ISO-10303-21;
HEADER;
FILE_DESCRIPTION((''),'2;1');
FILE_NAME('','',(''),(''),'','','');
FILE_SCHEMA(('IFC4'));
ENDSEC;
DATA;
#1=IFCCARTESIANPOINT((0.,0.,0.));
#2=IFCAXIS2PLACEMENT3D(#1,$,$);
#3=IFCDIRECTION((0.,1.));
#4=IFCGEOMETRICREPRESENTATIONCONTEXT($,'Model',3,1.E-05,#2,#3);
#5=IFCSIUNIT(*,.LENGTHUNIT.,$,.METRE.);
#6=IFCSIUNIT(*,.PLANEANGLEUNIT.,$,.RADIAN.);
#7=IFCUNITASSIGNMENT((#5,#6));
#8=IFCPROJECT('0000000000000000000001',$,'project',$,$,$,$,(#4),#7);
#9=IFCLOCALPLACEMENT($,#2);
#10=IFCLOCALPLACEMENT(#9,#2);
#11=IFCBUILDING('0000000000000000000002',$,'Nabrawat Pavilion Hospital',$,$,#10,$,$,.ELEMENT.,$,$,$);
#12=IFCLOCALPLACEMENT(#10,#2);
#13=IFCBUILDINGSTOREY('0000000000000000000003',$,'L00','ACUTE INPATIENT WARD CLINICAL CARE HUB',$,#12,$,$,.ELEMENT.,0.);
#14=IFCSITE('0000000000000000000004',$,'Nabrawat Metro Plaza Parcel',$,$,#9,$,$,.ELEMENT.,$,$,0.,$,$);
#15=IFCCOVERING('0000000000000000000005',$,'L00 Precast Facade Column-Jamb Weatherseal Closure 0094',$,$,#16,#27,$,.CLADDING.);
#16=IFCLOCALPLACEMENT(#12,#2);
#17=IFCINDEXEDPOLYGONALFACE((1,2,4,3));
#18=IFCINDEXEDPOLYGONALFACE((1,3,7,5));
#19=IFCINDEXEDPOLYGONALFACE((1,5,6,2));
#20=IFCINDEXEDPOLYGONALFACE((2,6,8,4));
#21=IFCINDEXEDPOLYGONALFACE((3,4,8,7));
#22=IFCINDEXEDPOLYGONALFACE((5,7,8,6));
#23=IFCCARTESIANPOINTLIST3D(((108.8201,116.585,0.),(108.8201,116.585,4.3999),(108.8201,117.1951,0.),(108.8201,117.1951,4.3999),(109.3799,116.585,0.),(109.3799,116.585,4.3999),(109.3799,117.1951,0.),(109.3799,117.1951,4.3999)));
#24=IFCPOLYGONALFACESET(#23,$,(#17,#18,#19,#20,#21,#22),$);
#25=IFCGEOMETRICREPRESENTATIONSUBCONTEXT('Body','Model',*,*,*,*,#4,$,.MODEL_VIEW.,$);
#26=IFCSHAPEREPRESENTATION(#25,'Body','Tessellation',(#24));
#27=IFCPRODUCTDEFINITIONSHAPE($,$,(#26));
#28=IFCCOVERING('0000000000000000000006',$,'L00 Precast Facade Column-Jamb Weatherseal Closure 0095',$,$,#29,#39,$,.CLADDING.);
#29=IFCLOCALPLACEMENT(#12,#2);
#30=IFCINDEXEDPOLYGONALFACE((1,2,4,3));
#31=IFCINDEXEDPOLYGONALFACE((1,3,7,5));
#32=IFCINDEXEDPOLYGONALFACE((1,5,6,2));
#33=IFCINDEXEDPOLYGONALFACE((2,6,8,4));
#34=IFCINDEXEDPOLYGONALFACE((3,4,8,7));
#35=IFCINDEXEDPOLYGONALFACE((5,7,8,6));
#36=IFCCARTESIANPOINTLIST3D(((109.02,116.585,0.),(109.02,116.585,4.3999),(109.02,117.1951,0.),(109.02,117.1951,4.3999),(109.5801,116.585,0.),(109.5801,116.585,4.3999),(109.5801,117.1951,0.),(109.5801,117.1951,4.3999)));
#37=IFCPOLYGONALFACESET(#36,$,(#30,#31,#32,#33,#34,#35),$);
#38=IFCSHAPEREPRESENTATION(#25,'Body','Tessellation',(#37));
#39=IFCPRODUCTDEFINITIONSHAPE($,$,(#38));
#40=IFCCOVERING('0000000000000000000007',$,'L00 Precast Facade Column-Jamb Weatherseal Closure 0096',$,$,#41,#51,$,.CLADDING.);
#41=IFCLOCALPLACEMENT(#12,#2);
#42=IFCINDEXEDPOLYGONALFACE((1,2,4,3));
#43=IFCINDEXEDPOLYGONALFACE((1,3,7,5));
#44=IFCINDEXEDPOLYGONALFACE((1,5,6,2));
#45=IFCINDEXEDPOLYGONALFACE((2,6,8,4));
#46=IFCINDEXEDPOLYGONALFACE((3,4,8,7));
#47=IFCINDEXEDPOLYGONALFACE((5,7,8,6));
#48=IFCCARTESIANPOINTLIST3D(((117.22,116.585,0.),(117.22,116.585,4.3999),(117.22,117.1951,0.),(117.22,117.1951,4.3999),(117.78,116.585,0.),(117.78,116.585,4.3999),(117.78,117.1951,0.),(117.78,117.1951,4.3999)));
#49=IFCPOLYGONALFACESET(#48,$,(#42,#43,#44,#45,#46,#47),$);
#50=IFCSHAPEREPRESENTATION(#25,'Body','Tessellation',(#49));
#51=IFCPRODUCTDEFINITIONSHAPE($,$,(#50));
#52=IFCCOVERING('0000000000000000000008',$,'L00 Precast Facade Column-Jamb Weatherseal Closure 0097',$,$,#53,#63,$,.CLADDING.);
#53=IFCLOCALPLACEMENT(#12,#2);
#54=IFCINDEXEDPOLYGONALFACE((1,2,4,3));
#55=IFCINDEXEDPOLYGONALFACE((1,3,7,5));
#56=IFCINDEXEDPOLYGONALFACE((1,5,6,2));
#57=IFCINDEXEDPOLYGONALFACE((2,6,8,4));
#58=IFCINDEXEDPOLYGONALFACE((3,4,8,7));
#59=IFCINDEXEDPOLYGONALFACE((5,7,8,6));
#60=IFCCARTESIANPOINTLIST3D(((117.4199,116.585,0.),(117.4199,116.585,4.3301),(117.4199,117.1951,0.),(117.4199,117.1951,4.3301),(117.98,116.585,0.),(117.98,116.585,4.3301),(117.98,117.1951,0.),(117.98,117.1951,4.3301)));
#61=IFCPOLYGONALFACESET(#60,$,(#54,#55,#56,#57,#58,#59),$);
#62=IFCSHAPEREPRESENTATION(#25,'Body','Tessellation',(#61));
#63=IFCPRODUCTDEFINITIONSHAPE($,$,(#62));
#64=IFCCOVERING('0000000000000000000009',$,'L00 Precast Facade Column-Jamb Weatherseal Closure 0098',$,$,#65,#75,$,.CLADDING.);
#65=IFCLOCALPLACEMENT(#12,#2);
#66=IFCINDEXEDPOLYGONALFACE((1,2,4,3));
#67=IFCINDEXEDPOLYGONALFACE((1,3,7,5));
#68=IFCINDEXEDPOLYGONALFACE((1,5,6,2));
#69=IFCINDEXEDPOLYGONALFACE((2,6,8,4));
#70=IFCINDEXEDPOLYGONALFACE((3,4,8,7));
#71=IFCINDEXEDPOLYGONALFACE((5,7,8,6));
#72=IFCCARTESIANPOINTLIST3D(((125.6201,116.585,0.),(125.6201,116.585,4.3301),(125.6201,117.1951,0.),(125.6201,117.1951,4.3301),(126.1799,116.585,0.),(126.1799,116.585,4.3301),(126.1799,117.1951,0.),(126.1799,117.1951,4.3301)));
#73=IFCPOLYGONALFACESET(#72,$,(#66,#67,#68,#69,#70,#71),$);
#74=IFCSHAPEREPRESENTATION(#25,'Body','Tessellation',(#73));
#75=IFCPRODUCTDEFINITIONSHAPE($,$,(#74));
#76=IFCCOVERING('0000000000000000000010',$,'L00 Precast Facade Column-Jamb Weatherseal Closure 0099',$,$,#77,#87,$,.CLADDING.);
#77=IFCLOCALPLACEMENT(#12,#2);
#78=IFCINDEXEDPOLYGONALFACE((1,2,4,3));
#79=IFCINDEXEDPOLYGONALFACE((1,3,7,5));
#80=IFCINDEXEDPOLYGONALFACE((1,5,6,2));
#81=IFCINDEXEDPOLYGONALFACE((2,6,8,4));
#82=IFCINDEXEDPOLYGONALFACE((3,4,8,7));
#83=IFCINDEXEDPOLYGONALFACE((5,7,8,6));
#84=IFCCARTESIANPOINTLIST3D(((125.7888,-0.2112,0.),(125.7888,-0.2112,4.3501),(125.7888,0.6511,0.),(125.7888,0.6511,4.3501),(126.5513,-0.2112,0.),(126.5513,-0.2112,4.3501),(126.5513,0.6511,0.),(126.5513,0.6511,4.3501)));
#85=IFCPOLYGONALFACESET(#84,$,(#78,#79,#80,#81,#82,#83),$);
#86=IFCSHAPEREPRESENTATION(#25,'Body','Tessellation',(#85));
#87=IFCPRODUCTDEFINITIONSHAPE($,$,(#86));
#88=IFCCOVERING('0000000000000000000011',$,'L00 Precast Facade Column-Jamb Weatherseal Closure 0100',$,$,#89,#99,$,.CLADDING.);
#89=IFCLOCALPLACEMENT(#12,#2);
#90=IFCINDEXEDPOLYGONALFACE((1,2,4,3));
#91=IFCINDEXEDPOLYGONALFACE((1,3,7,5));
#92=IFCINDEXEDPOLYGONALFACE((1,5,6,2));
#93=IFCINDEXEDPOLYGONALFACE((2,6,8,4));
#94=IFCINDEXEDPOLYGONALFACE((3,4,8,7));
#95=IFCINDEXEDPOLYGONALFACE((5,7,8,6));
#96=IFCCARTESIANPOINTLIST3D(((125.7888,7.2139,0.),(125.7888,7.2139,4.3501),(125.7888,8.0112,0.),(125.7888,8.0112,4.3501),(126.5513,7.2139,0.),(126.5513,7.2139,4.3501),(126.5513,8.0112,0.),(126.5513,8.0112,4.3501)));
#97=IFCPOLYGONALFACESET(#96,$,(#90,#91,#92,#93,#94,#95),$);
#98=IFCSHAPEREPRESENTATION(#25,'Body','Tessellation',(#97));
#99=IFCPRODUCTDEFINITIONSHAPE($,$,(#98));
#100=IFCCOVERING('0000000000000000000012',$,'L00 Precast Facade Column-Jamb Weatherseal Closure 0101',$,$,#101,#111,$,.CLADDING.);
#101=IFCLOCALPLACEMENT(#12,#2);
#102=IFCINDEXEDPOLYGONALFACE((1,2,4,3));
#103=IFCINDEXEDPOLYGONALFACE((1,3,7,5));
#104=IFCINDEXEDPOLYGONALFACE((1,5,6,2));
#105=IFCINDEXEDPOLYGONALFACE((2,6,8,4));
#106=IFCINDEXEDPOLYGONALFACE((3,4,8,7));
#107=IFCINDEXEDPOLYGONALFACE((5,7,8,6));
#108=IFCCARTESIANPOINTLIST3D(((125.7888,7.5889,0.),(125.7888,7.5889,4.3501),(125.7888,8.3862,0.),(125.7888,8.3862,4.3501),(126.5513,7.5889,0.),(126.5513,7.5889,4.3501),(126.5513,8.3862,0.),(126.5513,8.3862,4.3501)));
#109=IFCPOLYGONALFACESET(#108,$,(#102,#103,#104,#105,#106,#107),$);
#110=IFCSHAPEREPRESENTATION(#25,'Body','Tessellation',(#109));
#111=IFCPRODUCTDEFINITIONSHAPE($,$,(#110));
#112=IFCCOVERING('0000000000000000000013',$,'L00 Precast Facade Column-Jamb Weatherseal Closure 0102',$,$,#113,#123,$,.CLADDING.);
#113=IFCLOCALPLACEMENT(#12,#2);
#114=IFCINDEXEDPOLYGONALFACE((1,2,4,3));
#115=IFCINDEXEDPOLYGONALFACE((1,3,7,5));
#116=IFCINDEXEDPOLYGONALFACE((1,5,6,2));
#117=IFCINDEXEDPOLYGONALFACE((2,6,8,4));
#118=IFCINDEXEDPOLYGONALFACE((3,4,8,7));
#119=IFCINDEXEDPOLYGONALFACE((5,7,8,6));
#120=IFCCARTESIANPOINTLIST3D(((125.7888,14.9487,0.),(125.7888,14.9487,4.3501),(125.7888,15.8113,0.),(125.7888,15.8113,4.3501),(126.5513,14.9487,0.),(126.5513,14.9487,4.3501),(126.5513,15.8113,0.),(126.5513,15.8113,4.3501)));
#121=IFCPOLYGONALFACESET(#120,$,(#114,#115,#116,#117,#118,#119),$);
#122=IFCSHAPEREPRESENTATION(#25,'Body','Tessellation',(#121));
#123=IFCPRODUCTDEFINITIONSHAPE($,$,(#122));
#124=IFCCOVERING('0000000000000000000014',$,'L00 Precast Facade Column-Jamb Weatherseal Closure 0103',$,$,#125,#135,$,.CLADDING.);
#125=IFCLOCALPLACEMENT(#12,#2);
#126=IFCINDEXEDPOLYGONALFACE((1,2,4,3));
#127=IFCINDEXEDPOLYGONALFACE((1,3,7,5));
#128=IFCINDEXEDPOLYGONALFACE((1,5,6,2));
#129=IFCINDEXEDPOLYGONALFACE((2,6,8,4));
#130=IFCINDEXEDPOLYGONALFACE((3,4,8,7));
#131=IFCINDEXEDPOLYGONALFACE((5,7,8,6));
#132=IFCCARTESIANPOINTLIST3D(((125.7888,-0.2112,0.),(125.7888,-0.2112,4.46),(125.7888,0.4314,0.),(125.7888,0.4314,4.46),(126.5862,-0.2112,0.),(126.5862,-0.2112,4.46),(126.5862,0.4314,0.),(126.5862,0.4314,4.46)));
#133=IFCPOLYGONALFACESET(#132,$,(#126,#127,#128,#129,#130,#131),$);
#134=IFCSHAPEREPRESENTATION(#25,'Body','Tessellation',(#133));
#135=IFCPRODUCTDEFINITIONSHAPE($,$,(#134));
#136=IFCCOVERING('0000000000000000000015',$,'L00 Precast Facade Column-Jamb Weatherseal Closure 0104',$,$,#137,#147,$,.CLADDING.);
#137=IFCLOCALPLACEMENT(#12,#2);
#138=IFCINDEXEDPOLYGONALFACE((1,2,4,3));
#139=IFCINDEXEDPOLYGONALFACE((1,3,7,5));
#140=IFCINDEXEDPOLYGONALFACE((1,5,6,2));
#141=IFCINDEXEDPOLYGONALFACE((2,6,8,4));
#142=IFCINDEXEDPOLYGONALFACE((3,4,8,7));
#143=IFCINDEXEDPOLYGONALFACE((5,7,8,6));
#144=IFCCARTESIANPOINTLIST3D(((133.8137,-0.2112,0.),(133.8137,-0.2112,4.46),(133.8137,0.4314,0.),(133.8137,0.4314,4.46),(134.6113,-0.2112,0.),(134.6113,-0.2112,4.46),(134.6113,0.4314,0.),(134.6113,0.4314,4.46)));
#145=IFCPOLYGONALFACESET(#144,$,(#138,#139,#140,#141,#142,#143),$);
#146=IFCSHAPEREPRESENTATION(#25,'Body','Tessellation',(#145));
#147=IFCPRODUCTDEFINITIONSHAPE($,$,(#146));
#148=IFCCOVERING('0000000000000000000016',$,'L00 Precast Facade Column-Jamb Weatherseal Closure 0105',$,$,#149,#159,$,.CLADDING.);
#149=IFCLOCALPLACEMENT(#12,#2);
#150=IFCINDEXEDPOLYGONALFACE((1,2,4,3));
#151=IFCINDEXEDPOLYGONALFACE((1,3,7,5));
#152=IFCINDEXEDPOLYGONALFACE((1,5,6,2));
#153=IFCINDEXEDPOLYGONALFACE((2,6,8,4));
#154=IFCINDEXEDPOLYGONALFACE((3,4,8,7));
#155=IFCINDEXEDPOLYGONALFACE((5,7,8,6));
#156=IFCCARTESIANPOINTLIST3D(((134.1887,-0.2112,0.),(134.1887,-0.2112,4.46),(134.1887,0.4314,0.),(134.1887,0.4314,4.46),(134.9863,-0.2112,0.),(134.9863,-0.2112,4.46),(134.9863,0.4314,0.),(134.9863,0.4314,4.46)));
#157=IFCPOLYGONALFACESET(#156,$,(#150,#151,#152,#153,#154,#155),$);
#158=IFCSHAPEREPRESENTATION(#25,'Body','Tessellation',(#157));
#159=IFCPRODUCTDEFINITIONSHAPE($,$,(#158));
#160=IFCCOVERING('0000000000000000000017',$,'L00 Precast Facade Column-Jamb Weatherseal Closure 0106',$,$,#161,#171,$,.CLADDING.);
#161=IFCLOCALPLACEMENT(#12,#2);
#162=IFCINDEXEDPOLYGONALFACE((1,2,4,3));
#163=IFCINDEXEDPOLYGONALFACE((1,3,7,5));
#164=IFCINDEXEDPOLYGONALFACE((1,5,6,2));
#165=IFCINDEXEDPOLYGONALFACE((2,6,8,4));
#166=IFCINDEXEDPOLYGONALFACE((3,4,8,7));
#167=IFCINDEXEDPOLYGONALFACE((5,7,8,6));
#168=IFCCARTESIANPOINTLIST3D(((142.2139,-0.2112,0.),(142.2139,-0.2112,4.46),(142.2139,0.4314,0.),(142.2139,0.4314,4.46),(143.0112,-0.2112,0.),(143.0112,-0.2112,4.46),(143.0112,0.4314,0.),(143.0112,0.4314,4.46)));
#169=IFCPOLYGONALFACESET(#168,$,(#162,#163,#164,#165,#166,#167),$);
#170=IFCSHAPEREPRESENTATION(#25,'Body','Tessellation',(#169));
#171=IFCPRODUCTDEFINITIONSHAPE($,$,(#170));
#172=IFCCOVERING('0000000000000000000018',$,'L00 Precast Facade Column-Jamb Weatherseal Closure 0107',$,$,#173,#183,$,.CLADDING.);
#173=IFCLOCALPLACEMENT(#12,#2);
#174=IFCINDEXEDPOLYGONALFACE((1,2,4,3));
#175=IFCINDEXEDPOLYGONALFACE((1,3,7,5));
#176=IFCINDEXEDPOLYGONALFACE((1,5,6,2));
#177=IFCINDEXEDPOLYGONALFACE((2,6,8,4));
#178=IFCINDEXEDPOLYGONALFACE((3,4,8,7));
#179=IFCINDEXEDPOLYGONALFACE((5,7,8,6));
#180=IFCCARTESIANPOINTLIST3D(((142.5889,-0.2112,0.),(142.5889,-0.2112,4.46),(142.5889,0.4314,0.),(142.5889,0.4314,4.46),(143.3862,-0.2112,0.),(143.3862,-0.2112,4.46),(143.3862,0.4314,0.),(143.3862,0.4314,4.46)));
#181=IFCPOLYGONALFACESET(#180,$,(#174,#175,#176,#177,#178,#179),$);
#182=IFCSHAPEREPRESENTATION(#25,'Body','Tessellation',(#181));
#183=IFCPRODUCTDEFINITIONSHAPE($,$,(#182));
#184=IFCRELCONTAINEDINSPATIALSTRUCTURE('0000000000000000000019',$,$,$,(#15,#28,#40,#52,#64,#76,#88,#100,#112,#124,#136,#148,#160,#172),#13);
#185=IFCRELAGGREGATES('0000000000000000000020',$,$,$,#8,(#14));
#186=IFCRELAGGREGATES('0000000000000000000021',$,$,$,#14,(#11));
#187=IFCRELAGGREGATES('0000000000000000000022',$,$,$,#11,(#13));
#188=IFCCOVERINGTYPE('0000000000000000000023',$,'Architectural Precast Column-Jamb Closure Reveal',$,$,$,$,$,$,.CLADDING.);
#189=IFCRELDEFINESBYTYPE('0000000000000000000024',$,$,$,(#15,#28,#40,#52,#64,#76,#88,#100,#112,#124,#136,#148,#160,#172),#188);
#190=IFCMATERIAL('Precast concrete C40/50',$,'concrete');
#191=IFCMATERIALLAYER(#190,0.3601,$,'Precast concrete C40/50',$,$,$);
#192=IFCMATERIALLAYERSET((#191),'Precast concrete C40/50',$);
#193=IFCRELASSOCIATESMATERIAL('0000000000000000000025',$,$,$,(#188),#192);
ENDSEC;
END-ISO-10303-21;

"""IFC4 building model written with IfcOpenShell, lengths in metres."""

from ifc_helpers import new_model, si_unit, direction, origin, place, context, subcontext, project, spatial, polyline, outline, extrude, material, layer, layer_set, type_object, element, save


model = new_model("IFC4")

# Units and contexts
model_context = context("Model", 3, precision=1e-05, world=origin(), true_north=direction((0.0, 1.0)))
body_context = subcontext(model_context, "Body", "Model", "MODEL_VIEW")
ifc_project = project(units=[si_unit("LENGTHUNIT", "METRE"), si_unit("PLANEANGLEUNIT", "RADIAN")], contexts=[model_context])

# Site, building, storey
site_placement = place(None, origin())
site = spatial("IfcSite", under=ifc_project, at=site_placement, Name="Nabrawat Metro Plaza Parcel", CompositionType="ELEMENT", RefElevation=0.0)
building_placement = place(site_placement, origin())
building = spatial("IfcBuilding", under=site, at=building_placement, Name="Nabrawat Pavilion Hospital", CompositionType="ELEMENT")
storey_placement = place(building_placement, origin())
storey = spatial("IfcBuildingStorey", under=building, at=storey_placement, Name="L00", Description="ACUTE INPATIENT WARD CLINICAL CARE HUB", CompositionType="ELEMENT", Elevation=0.0)

# Coverings
ifc_material = material(Name="Precast concrete C40/50", Category="concrete")
ifc_layer = layer(ifc_material, 0.3601, Name="Precast concrete C40/50")
ifc_layer_set = layer_set([ifc_layer], Name="Precast concrete C40/50")
covering_type = type_object("IfcCoveringType", Name="Architectural Precast Column-Jamb Closure Reveal", PredefinedType="CLADDING", material=ifc_layer_set)
covering_1_placement = place(storey_placement, origin())
element("IfcCovering", 1, at=covering_1_placement, inside=storey, type_object=covering_type, Name="L00 Precast Facade Column-Jamb Weatherseal Closure 0094", PredefinedType="CLADDING", context=body_context, shape_type="SweptSolid", body=[
    extrude(outline(polyline([(109.3799, 116.585), (109.3799, 117.1951), (108.8201, 117.1951), (108.8201, 116.585), (109.3799, 116.585)])), origin(), (0.0, 0.0, 1.0), 4.3999),
])
covering_2_placement = place(storey_placement, origin())
element("IfcCovering", 2, at=covering_2_placement, inside=storey, type_object=covering_type, Name="L00 Precast Facade Column-Jamb Weatherseal Closure 0095", PredefinedType="CLADDING", context=body_context, shape_type="SweptSolid", body=[
    extrude(outline(polyline([(109.5801, 116.585), (109.5801, 117.1951), (109.02, 117.1951), (109.02, 116.585), (109.5801, 116.585)])), origin(), (0.0, 0.0, 1.0), 4.3999),
])
covering_3_placement = place(storey_placement, origin())
element("IfcCovering", 3, at=covering_3_placement, inside=storey, type_object=covering_type, Name="L00 Precast Facade Column-Jamb Weatherseal Closure 0096", PredefinedType="CLADDING", context=body_context, shape_type="SweptSolid", body=[
    extrude(outline(polyline([(117.78, 116.585), (117.78, 117.1951), (117.22, 117.1951), (117.22, 116.585), (117.78, 116.585)])), origin(), (0.0, 0.0, 1.0), 4.3999),
])
covering_4_placement = place(storey_placement, origin())
element("IfcCovering", 4, at=covering_4_placement, inside=storey, type_object=covering_type, Name="L00 Precast Facade Column-Jamb Weatherseal Closure 0097", PredefinedType="CLADDING", context=body_context, shape_type="SweptSolid", body=[
    extrude(outline(polyline([(117.98, 116.585), (117.98, 117.1951), (117.4199, 117.1951), (117.4199, 116.585), (117.98, 116.585)])), origin(), (0.0, 0.0, 1.0), 4.3301),
])
covering_5_placement = place(storey_placement, origin())
element("IfcCovering", 5, at=covering_5_placement, inside=storey, type_object=covering_type, Name="L00 Precast Facade Column-Jamb Weatherseal Closure 0098", PredefinedType="CLADDING", context=body_context, shape_type="SweptSolid", body=[
    extrude(outline(polyline([(126.1799, 116.585), (126.1799, 117.1951), (125.6201, 117.1951), (125.6201, 116.585), (126.1799, 116.585)])), origin(), (0.0, 0.0, 1.0), 4.3301),
])
covering_6_placement = place(storey_placement, origin())
element("IfcCovering", 6, at=covering_6_placement, inside=storey, type_object=covering_type, Name="L00 Precast Facade Column-Jamb Weatherseal Closure 0099", PredefinedType="CLADDING", context=body_context, shape_type="SweptSolid", body=[
    extrude(outline(polyline([(126.5513, -0.2112), (126.5513, 0.6511), (125.7888, 0.6511), (125.7888, -0.2112), (126.5513, -0.2112)])), origin(), (0.0, 0.0, 1.0), 4.3501),
])
covering_7_placement = place(storey_placement, origin())
element("IfcCovering", 7, at=covering_7_placement, inside=storey, type_object=covering_type, Name="L00 Precast Facade Column-Jamb Weatherseal Closure 0100", PredefinedType="CLADDING", context=body_context, shape_type="SweptSolid", body=[
    extrude(outline(polyline([(126.5513, 7.2139), (126.5513, 8.0112), (125.7888, 8.0112), (125.7888, 7.2139), (126.5513, 7.2139)])), origin(), (0.0, 0.0, 1.0), 4.3501),
])
covering_8_placement = place(storey_placement, origin())
element("IfcCovering", 8, at=covering_8_placement, inside=storey, type_object=covering_type, Name="L00 Precast Facade Column-Jamb Weatherseal Closure 0101", PredefinedType="CLADDING", context=body_context, shape_type="SweptSolid", body=[
    extrude(outline(polyline([(126.5513, 7.5889), (126.5513, 8.3862), (125.7888, 8.3862), (125.7888, 7.5889), (126.5513, 7.5889)])), origin(), (0.0, 0.0, 1.0), 4.3501),
])
covering_9_placement = place(storey_placement, origin())
element("IfcCovering", 9, at=covering_9_placement, inside=storey, type_object=covering_type, Name="L00 Precast Facade Column-Jamb Weatherseal Closure 0102", PredefinedType="CLADDING", context=body_context, shape_type="SweptSolid", body=[
    extrude(outline(polyline([(126.5513, 14.9487), (126.5513, 15.8113), (125.7888, 15.8113), (125.7888, 14.9487), (126.5513, 14.9487)])), origin(), (0.0, 0.0, 1.0), 4.3501),
])
covering_10_placement = place(storey_placement, origin())
element("IfcCovering", 10, at=covering_10_placement, inside=storey, type_object=covering_type, Name="L00 Precast Facade Column-Jamb Weatherseal Closure 0103", PredefinedType="CLADDING", context=body_context, shape_type="SweptSolid", body=[
    extrude(outline(polyline([(126.5862, -0.2112), (126.5862, 0.4314), (125.7888, 0.4314), (125.7888, -0.2112), (126.5862, -0.2112)])), origin(), (0.0, 0.0, 1.0), 4.46),
])
covering_11_placement = place(storey_placement, origin())
element("IfcCovering", 11, at=covering_11_placement, inside=storey, type_object=covering_type, Name="L00 Precast Facade Column-Jamb Weatherseal Closure 0104", PredefinedType="CLADDING", context=body_context, shape_type="SweptSolid", body=[
    extrude(outline(polyline([(134.6113, -0.2112), (134.6113, 0.4314), (133.8137, 0.4314), (133.8137, -0.2112), (134.6113, -0.2112)])), origin(), (0.0, 0.0, 1.0), 4.46),
])
covering_12_placement = place(storey_placement, origin())
element("IfcCovering", 12, at=covering_12_placement, inside=storey, type_object=covering_type, Name="L00 Precast Facade Column-Jamb Weatherseal Closure 0105", PredefinedType="CLADDING", context=body_context, shape_type="SweptSolid", body=[
    extrude(outline(polyline([(134.9863, -0.2112), (134.9863, 0.4314), (134.1887, 0.4314), (134.1887, -0.2112), (134.9863, -0.2112)])), origin(), (0.0, 0.0, 1.0), 4.46),
])
covering_13_placement = place(storey_placement, origin())
element("IfcCovering", 13, at=covering_13_placement, inside=storey, type_object=covering_type, Name="L00 Precast Facade Column-Jamb Weatherseal Closure 0106", PredefinedType="CLADDING", context=body_context, shape_type="SweptSolid", body=[
    extrude(outline(polyline([(143.0112, -0.2112), (143.0112, 0.4314), (142.2139, 0.4314), (142.2139, -0.2112), (143.0112, -0.2112)])), origin(), (0.0, 0.0, 1.0), 4.46),
])
covering_14_placement = place(storey_placement, origin())
element("IfcCovering", 14, at=covering_14_placement, inside=storey, type_object=covering_type, Name="L00 Precast Facade Column-Jamb Weatherseal Closure 0107", PredefinedType="CLADDING", context=body_context, shape_type="SweptSolid", body=[
    extrude(outline(polyline([(143.3862, -0.2112), (143.3862, 0.4314), (142.5889, 0.4314), (142.5889, -0.2112), (143.3862, -0.2112)])), origin(), (0.0, 0.0, 1.0), 4.46),
])

save(model, "model.ifc")
